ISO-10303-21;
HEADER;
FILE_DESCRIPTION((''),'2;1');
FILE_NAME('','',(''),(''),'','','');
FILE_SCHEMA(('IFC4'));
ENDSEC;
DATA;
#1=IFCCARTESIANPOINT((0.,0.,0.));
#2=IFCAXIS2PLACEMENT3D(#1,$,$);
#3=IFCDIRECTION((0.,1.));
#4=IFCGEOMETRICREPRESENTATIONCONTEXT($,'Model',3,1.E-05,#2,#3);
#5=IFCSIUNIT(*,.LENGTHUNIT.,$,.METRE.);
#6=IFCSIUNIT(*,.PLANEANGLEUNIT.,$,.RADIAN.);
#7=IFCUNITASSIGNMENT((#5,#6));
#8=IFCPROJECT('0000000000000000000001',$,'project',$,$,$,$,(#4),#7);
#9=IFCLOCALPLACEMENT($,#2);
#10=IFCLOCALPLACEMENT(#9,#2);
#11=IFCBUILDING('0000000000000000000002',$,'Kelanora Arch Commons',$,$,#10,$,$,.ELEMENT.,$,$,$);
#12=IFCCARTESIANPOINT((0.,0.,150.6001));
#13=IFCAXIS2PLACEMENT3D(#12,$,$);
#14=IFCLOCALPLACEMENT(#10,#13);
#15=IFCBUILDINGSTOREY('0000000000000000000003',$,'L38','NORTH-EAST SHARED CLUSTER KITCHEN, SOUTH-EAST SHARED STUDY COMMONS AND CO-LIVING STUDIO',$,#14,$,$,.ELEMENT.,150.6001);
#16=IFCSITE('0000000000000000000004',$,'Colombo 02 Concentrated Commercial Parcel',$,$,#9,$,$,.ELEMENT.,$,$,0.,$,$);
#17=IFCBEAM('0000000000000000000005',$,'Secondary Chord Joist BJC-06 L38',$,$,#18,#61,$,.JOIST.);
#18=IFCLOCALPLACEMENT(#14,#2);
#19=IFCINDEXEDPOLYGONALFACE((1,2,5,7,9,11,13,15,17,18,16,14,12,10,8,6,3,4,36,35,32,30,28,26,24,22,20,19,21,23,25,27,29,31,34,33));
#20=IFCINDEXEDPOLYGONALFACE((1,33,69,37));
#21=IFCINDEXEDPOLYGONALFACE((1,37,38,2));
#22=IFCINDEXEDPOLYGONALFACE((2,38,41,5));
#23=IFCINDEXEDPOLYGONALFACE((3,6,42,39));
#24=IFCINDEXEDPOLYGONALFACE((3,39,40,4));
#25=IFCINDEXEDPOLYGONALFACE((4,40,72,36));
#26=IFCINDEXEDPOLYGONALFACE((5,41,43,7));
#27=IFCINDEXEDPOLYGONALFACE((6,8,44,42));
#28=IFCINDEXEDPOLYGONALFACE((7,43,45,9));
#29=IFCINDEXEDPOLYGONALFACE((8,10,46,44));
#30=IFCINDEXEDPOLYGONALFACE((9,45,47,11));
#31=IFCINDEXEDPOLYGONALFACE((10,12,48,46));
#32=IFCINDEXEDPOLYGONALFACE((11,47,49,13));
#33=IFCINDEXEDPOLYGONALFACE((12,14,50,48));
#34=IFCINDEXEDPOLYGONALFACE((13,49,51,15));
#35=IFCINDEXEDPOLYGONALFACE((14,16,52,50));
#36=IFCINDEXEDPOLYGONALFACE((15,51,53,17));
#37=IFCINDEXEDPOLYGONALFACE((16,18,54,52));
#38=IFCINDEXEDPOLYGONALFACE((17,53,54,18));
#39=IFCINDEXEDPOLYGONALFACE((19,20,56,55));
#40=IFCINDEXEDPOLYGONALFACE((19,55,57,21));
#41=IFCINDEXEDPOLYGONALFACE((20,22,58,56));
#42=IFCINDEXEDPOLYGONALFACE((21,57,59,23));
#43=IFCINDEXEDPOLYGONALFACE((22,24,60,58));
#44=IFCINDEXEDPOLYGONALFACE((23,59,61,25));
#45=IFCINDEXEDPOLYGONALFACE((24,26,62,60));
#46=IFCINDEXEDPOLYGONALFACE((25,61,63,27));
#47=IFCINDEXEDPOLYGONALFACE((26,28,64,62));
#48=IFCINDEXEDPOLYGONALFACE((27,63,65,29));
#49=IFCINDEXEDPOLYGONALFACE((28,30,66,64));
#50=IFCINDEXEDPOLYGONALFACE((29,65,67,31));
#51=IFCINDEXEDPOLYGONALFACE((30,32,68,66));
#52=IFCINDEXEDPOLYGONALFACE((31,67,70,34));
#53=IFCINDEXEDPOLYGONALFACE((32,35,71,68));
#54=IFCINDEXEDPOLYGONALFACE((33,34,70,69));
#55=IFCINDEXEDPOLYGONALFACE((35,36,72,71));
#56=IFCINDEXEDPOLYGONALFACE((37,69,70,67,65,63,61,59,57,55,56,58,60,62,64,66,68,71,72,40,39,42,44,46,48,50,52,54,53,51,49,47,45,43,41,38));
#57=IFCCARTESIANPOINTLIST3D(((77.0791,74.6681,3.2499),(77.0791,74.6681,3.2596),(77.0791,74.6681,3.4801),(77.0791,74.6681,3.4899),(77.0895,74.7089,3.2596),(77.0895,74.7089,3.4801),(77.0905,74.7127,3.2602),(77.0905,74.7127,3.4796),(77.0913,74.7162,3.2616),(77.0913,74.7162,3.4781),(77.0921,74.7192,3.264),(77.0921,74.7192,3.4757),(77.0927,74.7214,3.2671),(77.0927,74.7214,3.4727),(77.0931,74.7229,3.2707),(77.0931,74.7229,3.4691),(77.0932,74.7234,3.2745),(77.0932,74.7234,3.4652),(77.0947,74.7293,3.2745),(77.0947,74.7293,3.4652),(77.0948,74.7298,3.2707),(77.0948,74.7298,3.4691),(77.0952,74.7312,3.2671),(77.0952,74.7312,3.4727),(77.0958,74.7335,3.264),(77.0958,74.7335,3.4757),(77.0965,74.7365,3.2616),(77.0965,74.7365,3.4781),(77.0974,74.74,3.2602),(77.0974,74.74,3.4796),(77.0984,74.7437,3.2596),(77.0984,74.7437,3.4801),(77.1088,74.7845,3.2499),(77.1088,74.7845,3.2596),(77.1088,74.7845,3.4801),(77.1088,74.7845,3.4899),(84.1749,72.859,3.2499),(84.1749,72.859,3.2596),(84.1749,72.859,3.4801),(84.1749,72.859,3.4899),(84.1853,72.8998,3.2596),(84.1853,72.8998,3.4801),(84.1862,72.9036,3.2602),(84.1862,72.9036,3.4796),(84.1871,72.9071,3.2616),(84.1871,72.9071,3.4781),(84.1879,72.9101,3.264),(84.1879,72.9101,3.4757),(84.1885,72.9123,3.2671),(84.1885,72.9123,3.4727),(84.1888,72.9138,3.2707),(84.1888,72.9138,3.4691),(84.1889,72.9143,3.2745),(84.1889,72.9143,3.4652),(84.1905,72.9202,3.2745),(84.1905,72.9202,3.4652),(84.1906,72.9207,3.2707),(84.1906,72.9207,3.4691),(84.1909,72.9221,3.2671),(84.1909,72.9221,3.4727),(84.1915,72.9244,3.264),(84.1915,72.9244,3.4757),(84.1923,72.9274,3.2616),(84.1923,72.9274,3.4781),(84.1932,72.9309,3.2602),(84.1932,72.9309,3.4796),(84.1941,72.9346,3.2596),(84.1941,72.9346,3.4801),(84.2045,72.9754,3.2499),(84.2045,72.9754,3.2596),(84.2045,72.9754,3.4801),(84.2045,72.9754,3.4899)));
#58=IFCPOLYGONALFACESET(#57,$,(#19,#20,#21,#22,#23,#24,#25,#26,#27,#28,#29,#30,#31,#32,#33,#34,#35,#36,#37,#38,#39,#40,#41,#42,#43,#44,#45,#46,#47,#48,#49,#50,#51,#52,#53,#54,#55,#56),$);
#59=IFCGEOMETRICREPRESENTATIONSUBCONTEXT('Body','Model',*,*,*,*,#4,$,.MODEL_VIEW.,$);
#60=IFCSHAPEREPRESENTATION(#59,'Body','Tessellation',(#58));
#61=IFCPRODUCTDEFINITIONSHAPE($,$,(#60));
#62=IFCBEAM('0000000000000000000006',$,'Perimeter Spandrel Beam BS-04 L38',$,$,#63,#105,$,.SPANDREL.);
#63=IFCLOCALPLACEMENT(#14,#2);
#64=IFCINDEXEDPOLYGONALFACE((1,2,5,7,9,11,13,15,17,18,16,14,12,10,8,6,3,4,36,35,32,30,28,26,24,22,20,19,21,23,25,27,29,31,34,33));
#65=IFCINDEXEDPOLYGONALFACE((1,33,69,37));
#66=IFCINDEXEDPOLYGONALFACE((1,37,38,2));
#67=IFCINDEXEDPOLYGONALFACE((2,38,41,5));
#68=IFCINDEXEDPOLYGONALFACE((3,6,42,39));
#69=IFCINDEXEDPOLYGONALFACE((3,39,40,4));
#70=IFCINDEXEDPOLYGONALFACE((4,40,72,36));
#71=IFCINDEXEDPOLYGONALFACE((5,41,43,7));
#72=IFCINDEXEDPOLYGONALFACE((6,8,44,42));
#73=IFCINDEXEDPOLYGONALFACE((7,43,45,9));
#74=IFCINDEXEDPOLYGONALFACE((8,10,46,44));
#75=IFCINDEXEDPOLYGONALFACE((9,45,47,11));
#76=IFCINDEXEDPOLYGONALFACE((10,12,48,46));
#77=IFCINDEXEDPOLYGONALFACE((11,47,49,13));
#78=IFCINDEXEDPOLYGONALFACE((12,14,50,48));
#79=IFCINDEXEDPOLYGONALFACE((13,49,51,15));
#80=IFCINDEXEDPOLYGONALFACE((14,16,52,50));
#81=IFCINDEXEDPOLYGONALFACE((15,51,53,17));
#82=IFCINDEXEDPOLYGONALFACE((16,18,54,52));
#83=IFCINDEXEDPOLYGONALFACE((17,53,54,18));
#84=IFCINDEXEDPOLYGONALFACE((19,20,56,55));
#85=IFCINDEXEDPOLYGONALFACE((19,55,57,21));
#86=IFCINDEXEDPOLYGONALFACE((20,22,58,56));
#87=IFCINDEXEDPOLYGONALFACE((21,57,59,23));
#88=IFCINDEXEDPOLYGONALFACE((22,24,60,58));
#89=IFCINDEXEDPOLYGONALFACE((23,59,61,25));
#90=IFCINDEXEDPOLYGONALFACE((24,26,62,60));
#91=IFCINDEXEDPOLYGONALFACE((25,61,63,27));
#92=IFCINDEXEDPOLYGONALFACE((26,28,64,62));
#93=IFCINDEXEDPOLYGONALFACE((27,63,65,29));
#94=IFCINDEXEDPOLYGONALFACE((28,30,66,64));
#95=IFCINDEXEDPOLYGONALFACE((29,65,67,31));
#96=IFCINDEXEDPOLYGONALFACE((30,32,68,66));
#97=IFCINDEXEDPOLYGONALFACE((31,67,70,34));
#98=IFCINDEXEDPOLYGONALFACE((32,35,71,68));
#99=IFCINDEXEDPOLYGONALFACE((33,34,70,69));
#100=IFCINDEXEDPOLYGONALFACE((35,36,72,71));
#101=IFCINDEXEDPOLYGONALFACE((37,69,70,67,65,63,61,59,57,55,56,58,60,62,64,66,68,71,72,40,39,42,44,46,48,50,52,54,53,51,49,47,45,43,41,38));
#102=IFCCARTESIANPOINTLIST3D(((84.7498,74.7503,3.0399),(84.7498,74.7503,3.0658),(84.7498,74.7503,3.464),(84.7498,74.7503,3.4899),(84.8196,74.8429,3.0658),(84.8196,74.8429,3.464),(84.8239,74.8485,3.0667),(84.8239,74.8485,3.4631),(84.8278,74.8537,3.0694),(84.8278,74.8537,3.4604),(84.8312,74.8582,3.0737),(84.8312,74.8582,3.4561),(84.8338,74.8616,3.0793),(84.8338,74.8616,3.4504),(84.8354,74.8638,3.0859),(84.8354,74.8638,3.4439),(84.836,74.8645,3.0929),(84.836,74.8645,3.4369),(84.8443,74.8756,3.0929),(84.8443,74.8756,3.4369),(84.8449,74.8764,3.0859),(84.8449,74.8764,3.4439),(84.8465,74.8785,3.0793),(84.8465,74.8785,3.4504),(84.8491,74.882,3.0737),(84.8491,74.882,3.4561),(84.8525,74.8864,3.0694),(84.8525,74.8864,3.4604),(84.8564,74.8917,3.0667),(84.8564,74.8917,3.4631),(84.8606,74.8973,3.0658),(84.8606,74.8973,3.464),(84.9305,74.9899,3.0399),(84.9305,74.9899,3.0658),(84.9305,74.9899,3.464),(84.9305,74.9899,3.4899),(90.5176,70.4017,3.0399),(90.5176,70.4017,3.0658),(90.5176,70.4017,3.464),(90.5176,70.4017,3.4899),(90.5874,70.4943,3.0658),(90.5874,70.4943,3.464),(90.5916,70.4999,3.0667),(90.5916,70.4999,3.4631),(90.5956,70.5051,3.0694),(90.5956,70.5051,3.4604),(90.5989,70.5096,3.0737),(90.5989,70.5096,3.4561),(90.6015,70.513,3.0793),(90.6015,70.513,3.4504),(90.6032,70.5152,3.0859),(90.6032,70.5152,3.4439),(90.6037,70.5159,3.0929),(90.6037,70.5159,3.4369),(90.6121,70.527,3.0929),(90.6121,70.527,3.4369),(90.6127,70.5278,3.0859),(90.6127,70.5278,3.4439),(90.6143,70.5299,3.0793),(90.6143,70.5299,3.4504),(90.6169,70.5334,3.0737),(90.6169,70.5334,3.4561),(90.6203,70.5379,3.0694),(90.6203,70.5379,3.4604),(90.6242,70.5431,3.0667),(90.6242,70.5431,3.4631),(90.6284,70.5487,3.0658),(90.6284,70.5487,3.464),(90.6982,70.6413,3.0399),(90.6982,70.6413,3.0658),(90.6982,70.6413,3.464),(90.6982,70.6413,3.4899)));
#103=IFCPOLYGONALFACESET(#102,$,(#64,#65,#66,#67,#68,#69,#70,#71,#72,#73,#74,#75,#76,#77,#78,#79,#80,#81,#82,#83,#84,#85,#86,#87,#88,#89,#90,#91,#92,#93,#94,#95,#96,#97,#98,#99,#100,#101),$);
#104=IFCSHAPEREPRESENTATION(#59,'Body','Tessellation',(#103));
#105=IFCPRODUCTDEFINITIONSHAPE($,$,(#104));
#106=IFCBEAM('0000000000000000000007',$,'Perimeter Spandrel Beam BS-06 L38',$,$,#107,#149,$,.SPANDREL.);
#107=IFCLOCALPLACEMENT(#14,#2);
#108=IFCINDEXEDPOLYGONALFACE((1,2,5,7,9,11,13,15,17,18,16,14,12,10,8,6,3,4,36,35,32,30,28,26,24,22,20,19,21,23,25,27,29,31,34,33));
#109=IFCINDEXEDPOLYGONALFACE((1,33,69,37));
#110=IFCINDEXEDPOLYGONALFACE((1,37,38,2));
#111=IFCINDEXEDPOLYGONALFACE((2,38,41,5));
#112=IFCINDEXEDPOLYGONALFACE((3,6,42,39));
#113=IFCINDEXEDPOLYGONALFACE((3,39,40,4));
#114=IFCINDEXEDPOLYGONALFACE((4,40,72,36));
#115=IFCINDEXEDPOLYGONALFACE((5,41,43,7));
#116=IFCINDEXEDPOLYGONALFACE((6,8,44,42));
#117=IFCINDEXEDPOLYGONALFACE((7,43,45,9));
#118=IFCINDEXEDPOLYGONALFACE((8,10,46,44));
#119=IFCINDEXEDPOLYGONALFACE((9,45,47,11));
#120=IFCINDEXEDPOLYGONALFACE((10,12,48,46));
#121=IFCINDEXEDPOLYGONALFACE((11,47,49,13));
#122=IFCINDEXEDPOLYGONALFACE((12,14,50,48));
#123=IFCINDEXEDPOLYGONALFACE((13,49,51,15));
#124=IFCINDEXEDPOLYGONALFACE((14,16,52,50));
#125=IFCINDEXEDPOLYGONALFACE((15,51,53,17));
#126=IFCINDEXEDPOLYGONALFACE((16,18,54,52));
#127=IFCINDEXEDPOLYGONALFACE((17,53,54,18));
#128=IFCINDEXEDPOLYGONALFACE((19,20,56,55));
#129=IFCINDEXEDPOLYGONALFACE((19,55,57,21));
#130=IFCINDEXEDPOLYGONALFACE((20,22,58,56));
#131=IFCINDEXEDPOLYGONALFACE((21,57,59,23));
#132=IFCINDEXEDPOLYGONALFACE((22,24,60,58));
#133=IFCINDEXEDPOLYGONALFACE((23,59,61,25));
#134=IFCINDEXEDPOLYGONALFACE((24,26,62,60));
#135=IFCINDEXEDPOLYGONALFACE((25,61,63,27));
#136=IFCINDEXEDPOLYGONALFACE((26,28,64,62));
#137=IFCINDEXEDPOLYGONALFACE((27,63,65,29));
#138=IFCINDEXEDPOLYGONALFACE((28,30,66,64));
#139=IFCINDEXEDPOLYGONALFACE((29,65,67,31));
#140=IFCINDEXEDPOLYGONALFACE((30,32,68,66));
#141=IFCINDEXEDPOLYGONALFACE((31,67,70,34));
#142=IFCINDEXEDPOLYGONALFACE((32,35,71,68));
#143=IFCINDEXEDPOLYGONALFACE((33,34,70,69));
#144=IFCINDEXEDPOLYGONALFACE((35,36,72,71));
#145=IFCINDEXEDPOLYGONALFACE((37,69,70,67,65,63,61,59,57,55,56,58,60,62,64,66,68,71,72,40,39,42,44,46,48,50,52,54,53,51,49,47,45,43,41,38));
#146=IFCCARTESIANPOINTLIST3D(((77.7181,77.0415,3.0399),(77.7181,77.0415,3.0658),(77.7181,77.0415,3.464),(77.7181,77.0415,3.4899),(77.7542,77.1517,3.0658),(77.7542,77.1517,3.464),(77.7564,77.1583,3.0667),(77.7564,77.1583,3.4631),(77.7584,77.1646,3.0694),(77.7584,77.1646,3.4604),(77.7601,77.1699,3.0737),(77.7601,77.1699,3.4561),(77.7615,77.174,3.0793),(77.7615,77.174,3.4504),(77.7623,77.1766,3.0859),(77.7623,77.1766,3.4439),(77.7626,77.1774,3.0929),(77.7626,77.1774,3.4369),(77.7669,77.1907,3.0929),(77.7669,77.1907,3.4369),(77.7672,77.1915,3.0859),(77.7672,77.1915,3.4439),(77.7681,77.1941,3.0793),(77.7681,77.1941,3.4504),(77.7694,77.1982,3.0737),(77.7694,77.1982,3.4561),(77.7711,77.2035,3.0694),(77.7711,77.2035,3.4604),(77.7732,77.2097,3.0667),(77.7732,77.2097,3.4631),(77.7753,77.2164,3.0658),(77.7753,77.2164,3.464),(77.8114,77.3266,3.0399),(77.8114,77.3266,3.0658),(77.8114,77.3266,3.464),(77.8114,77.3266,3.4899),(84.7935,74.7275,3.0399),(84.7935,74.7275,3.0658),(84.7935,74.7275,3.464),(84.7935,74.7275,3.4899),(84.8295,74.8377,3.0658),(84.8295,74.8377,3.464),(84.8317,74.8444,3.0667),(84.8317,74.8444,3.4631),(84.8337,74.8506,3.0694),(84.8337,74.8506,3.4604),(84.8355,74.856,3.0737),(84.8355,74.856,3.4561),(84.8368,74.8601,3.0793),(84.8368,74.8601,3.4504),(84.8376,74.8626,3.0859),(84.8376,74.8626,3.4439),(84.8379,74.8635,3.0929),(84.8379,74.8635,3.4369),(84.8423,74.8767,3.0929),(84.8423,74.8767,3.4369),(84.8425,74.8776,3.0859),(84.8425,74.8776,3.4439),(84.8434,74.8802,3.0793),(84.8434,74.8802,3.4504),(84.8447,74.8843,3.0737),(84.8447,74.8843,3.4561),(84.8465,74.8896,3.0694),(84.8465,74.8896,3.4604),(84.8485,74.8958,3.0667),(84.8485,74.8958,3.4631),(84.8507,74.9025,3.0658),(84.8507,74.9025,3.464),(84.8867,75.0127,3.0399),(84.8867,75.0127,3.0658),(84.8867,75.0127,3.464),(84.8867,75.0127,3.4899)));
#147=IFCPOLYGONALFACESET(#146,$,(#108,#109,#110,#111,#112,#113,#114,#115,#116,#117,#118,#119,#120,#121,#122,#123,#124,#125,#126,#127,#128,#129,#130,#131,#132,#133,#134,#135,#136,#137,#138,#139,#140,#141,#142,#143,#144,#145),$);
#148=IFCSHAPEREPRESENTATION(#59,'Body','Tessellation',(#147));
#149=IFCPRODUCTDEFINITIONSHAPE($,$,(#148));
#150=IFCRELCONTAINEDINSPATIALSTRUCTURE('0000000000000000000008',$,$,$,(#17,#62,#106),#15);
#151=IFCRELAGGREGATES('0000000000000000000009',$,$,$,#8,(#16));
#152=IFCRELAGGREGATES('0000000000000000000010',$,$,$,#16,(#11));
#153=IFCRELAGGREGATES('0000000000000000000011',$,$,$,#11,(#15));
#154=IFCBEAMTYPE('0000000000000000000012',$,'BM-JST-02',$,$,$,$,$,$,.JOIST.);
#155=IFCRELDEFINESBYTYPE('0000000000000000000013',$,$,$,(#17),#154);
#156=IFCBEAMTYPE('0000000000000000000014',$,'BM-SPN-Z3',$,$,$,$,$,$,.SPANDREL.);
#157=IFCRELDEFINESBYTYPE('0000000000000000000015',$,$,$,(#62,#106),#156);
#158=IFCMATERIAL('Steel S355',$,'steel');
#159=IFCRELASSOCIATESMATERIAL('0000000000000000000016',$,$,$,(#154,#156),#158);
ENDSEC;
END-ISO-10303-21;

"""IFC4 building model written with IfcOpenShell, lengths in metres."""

from ifc_helpers import new_model, si_unit, direction, frame, origin, origin_2d, place, context, subcontext, project, spatial, i_section, extrude, material, material_profile, profile_set, type_object, element, save


model = new_model("IFC4")

# Units and contexts
model_context = context("Model", 3, precision=1e-05, world=origin(), true_north=direction((0.0, 1.0)))
body_context = subcontext(model_context, "Body", "Model", "MODEL_VIEW")
ifc_project = project(units=[si_unit("LENGTHUNIT", "METRE"), si_unit("PLANEANGLEUNIT", "RADIAN")], contexts=[model_context])

# Site, building, storey
site_placement = place(None, origin())
site = spatial("IfcSite", under=ifc_project, at=site_placement, Name="Colombo 02 Concentrated Commercial Parcel", CompositionType="ELEMENT", RefElevation=0.0)
building_placement = place(site_placement, origin())
building = spatial("IfcBuilding", under=site, at=building_placement, Name="Kelanora Arch Commons", CompositionType="ELEMENT")
storey_placement = place(building_placement, frame((0.0, 0.0, 150.6001)))
storey = spatial("IfcBuildingStorey", under=building, at=storey_placement, Name="L38", Description="NORTH-EAST SHARED CLUSTER KITCHEN, SOUTH-EAST SHARED STUDY COMMONS AND CO-LIVING STUDIO", CompositionType="ELEMENT", Elevation=150.6001)

# Beams
ifc_material_1 = material(Name="Steel S355", Category="steel")
ifc_material_profile_1 = material_profile(ifc_material_1, i_section(OverallWidth=0.1201, OverallDepth=0.24, WebThickness=0.0061, FlangeThickness=0.0098, FilletRadius=0.0149, at=origin_2d()), Name="IPE240")
ifc_profile_set_1 = profile_set([ifc_material_profile_1], Name="Steel S355")
beam_type_1 = type_object("IfcBeamType", Name="BM-JST-02", PredefinedType="JOIST", material=ifc_profile_set_1)
beam_1_placement = place(storey_placement, frame((84.1897, 72.9172, 3.3699), z_axis=(-0.969002, 0.247052, 0.0), x_axis=(-0.247052, -0.969002, 0.0)))
element("IfcBeam", 1, at=beam_1_placement, inside=storey, type_object=beam_type_1, Name="Secondary Chord Joist BJC-06 L38", PredefinedType="JOIST", context=body_context, shape_type="SweptSolid", body=[
    extrude(i_section(OverallWidth=0.1201, OverallDepth=0.24, WebThickness=0.0061, FlangeThickness=0.0098, FilletRadius=0.0149, at=origin_2d()), origin(), (0.0, 0.0, 1.0), 7.3228),
])
ifc_material_profile_2 = material_profile(ifc_material_1, i_section(OverallWidth=0.3, OverallDepth=0.45, WebThickness=0.0139, FlangeThickness=0.0259, FilletRadius=0.0271, at=origin_2d()), Name="HEB450")
ifc_profile_set_2 = profile_set([ifc_material_profile_2], Name="Steel S355")
beam_type_2 = type_object("IfcBeamType", Name="BM-SPN-Z3", PredefinedType="SPANDREL", material=ifc_profile_set_2)
beam_2_placement = place(storey_placement, frame((90.6079, 70.5215, 3.2649), z_axis=(-0.798485, 0.602015, 0.0), x_axis=(-0.602015, -0.798485, 0.0)))
element("IfcBeam", 2, at=beam_2_placement, inside=storey, type_object=beam_type_2, Name="Perimeter Spandrel Beam BS-04 L38", PredefinedType="SPANDREL", context=body_context, shape_type="SweptSolid", body=[
    extrude(i_section(OverallWidth=0.3, OverallDepth=0.45, WebThickness=0.0139, FlangeThickness=0.0259, FilletRadius=0.0271, at=origin_2d()), origin(), (0.0, 0.0, 1.0), 7.2234),
])
beam_3_placement = place(storey_placement, frame((84.8401, 74.8701, 3.2649), z_axis=(-0.950462, 0.310841, 0.0), x_axis=(-0.310841, -0.950462, 0.0)))
element("IfcBeam", 3, at=beam_3_placement, inside=storey, type_object=beam_type_2, Name="Perimeter Spandrel Beam BS-06 L38", PredefinedType="SPANDREL", context=body_context, shape_type="SweptSolid", body=[
    extrude(i_section(OverallWidth=0.3, OverallDepth=0.45, WebThickness=0.0139, FlangeThickness=0.0259, FilletRadius=0.0271, at=origin_2d()), origin(), (0.0, 0.0, 1.0), 7.4441),
])

save(model, "model.ifc")
